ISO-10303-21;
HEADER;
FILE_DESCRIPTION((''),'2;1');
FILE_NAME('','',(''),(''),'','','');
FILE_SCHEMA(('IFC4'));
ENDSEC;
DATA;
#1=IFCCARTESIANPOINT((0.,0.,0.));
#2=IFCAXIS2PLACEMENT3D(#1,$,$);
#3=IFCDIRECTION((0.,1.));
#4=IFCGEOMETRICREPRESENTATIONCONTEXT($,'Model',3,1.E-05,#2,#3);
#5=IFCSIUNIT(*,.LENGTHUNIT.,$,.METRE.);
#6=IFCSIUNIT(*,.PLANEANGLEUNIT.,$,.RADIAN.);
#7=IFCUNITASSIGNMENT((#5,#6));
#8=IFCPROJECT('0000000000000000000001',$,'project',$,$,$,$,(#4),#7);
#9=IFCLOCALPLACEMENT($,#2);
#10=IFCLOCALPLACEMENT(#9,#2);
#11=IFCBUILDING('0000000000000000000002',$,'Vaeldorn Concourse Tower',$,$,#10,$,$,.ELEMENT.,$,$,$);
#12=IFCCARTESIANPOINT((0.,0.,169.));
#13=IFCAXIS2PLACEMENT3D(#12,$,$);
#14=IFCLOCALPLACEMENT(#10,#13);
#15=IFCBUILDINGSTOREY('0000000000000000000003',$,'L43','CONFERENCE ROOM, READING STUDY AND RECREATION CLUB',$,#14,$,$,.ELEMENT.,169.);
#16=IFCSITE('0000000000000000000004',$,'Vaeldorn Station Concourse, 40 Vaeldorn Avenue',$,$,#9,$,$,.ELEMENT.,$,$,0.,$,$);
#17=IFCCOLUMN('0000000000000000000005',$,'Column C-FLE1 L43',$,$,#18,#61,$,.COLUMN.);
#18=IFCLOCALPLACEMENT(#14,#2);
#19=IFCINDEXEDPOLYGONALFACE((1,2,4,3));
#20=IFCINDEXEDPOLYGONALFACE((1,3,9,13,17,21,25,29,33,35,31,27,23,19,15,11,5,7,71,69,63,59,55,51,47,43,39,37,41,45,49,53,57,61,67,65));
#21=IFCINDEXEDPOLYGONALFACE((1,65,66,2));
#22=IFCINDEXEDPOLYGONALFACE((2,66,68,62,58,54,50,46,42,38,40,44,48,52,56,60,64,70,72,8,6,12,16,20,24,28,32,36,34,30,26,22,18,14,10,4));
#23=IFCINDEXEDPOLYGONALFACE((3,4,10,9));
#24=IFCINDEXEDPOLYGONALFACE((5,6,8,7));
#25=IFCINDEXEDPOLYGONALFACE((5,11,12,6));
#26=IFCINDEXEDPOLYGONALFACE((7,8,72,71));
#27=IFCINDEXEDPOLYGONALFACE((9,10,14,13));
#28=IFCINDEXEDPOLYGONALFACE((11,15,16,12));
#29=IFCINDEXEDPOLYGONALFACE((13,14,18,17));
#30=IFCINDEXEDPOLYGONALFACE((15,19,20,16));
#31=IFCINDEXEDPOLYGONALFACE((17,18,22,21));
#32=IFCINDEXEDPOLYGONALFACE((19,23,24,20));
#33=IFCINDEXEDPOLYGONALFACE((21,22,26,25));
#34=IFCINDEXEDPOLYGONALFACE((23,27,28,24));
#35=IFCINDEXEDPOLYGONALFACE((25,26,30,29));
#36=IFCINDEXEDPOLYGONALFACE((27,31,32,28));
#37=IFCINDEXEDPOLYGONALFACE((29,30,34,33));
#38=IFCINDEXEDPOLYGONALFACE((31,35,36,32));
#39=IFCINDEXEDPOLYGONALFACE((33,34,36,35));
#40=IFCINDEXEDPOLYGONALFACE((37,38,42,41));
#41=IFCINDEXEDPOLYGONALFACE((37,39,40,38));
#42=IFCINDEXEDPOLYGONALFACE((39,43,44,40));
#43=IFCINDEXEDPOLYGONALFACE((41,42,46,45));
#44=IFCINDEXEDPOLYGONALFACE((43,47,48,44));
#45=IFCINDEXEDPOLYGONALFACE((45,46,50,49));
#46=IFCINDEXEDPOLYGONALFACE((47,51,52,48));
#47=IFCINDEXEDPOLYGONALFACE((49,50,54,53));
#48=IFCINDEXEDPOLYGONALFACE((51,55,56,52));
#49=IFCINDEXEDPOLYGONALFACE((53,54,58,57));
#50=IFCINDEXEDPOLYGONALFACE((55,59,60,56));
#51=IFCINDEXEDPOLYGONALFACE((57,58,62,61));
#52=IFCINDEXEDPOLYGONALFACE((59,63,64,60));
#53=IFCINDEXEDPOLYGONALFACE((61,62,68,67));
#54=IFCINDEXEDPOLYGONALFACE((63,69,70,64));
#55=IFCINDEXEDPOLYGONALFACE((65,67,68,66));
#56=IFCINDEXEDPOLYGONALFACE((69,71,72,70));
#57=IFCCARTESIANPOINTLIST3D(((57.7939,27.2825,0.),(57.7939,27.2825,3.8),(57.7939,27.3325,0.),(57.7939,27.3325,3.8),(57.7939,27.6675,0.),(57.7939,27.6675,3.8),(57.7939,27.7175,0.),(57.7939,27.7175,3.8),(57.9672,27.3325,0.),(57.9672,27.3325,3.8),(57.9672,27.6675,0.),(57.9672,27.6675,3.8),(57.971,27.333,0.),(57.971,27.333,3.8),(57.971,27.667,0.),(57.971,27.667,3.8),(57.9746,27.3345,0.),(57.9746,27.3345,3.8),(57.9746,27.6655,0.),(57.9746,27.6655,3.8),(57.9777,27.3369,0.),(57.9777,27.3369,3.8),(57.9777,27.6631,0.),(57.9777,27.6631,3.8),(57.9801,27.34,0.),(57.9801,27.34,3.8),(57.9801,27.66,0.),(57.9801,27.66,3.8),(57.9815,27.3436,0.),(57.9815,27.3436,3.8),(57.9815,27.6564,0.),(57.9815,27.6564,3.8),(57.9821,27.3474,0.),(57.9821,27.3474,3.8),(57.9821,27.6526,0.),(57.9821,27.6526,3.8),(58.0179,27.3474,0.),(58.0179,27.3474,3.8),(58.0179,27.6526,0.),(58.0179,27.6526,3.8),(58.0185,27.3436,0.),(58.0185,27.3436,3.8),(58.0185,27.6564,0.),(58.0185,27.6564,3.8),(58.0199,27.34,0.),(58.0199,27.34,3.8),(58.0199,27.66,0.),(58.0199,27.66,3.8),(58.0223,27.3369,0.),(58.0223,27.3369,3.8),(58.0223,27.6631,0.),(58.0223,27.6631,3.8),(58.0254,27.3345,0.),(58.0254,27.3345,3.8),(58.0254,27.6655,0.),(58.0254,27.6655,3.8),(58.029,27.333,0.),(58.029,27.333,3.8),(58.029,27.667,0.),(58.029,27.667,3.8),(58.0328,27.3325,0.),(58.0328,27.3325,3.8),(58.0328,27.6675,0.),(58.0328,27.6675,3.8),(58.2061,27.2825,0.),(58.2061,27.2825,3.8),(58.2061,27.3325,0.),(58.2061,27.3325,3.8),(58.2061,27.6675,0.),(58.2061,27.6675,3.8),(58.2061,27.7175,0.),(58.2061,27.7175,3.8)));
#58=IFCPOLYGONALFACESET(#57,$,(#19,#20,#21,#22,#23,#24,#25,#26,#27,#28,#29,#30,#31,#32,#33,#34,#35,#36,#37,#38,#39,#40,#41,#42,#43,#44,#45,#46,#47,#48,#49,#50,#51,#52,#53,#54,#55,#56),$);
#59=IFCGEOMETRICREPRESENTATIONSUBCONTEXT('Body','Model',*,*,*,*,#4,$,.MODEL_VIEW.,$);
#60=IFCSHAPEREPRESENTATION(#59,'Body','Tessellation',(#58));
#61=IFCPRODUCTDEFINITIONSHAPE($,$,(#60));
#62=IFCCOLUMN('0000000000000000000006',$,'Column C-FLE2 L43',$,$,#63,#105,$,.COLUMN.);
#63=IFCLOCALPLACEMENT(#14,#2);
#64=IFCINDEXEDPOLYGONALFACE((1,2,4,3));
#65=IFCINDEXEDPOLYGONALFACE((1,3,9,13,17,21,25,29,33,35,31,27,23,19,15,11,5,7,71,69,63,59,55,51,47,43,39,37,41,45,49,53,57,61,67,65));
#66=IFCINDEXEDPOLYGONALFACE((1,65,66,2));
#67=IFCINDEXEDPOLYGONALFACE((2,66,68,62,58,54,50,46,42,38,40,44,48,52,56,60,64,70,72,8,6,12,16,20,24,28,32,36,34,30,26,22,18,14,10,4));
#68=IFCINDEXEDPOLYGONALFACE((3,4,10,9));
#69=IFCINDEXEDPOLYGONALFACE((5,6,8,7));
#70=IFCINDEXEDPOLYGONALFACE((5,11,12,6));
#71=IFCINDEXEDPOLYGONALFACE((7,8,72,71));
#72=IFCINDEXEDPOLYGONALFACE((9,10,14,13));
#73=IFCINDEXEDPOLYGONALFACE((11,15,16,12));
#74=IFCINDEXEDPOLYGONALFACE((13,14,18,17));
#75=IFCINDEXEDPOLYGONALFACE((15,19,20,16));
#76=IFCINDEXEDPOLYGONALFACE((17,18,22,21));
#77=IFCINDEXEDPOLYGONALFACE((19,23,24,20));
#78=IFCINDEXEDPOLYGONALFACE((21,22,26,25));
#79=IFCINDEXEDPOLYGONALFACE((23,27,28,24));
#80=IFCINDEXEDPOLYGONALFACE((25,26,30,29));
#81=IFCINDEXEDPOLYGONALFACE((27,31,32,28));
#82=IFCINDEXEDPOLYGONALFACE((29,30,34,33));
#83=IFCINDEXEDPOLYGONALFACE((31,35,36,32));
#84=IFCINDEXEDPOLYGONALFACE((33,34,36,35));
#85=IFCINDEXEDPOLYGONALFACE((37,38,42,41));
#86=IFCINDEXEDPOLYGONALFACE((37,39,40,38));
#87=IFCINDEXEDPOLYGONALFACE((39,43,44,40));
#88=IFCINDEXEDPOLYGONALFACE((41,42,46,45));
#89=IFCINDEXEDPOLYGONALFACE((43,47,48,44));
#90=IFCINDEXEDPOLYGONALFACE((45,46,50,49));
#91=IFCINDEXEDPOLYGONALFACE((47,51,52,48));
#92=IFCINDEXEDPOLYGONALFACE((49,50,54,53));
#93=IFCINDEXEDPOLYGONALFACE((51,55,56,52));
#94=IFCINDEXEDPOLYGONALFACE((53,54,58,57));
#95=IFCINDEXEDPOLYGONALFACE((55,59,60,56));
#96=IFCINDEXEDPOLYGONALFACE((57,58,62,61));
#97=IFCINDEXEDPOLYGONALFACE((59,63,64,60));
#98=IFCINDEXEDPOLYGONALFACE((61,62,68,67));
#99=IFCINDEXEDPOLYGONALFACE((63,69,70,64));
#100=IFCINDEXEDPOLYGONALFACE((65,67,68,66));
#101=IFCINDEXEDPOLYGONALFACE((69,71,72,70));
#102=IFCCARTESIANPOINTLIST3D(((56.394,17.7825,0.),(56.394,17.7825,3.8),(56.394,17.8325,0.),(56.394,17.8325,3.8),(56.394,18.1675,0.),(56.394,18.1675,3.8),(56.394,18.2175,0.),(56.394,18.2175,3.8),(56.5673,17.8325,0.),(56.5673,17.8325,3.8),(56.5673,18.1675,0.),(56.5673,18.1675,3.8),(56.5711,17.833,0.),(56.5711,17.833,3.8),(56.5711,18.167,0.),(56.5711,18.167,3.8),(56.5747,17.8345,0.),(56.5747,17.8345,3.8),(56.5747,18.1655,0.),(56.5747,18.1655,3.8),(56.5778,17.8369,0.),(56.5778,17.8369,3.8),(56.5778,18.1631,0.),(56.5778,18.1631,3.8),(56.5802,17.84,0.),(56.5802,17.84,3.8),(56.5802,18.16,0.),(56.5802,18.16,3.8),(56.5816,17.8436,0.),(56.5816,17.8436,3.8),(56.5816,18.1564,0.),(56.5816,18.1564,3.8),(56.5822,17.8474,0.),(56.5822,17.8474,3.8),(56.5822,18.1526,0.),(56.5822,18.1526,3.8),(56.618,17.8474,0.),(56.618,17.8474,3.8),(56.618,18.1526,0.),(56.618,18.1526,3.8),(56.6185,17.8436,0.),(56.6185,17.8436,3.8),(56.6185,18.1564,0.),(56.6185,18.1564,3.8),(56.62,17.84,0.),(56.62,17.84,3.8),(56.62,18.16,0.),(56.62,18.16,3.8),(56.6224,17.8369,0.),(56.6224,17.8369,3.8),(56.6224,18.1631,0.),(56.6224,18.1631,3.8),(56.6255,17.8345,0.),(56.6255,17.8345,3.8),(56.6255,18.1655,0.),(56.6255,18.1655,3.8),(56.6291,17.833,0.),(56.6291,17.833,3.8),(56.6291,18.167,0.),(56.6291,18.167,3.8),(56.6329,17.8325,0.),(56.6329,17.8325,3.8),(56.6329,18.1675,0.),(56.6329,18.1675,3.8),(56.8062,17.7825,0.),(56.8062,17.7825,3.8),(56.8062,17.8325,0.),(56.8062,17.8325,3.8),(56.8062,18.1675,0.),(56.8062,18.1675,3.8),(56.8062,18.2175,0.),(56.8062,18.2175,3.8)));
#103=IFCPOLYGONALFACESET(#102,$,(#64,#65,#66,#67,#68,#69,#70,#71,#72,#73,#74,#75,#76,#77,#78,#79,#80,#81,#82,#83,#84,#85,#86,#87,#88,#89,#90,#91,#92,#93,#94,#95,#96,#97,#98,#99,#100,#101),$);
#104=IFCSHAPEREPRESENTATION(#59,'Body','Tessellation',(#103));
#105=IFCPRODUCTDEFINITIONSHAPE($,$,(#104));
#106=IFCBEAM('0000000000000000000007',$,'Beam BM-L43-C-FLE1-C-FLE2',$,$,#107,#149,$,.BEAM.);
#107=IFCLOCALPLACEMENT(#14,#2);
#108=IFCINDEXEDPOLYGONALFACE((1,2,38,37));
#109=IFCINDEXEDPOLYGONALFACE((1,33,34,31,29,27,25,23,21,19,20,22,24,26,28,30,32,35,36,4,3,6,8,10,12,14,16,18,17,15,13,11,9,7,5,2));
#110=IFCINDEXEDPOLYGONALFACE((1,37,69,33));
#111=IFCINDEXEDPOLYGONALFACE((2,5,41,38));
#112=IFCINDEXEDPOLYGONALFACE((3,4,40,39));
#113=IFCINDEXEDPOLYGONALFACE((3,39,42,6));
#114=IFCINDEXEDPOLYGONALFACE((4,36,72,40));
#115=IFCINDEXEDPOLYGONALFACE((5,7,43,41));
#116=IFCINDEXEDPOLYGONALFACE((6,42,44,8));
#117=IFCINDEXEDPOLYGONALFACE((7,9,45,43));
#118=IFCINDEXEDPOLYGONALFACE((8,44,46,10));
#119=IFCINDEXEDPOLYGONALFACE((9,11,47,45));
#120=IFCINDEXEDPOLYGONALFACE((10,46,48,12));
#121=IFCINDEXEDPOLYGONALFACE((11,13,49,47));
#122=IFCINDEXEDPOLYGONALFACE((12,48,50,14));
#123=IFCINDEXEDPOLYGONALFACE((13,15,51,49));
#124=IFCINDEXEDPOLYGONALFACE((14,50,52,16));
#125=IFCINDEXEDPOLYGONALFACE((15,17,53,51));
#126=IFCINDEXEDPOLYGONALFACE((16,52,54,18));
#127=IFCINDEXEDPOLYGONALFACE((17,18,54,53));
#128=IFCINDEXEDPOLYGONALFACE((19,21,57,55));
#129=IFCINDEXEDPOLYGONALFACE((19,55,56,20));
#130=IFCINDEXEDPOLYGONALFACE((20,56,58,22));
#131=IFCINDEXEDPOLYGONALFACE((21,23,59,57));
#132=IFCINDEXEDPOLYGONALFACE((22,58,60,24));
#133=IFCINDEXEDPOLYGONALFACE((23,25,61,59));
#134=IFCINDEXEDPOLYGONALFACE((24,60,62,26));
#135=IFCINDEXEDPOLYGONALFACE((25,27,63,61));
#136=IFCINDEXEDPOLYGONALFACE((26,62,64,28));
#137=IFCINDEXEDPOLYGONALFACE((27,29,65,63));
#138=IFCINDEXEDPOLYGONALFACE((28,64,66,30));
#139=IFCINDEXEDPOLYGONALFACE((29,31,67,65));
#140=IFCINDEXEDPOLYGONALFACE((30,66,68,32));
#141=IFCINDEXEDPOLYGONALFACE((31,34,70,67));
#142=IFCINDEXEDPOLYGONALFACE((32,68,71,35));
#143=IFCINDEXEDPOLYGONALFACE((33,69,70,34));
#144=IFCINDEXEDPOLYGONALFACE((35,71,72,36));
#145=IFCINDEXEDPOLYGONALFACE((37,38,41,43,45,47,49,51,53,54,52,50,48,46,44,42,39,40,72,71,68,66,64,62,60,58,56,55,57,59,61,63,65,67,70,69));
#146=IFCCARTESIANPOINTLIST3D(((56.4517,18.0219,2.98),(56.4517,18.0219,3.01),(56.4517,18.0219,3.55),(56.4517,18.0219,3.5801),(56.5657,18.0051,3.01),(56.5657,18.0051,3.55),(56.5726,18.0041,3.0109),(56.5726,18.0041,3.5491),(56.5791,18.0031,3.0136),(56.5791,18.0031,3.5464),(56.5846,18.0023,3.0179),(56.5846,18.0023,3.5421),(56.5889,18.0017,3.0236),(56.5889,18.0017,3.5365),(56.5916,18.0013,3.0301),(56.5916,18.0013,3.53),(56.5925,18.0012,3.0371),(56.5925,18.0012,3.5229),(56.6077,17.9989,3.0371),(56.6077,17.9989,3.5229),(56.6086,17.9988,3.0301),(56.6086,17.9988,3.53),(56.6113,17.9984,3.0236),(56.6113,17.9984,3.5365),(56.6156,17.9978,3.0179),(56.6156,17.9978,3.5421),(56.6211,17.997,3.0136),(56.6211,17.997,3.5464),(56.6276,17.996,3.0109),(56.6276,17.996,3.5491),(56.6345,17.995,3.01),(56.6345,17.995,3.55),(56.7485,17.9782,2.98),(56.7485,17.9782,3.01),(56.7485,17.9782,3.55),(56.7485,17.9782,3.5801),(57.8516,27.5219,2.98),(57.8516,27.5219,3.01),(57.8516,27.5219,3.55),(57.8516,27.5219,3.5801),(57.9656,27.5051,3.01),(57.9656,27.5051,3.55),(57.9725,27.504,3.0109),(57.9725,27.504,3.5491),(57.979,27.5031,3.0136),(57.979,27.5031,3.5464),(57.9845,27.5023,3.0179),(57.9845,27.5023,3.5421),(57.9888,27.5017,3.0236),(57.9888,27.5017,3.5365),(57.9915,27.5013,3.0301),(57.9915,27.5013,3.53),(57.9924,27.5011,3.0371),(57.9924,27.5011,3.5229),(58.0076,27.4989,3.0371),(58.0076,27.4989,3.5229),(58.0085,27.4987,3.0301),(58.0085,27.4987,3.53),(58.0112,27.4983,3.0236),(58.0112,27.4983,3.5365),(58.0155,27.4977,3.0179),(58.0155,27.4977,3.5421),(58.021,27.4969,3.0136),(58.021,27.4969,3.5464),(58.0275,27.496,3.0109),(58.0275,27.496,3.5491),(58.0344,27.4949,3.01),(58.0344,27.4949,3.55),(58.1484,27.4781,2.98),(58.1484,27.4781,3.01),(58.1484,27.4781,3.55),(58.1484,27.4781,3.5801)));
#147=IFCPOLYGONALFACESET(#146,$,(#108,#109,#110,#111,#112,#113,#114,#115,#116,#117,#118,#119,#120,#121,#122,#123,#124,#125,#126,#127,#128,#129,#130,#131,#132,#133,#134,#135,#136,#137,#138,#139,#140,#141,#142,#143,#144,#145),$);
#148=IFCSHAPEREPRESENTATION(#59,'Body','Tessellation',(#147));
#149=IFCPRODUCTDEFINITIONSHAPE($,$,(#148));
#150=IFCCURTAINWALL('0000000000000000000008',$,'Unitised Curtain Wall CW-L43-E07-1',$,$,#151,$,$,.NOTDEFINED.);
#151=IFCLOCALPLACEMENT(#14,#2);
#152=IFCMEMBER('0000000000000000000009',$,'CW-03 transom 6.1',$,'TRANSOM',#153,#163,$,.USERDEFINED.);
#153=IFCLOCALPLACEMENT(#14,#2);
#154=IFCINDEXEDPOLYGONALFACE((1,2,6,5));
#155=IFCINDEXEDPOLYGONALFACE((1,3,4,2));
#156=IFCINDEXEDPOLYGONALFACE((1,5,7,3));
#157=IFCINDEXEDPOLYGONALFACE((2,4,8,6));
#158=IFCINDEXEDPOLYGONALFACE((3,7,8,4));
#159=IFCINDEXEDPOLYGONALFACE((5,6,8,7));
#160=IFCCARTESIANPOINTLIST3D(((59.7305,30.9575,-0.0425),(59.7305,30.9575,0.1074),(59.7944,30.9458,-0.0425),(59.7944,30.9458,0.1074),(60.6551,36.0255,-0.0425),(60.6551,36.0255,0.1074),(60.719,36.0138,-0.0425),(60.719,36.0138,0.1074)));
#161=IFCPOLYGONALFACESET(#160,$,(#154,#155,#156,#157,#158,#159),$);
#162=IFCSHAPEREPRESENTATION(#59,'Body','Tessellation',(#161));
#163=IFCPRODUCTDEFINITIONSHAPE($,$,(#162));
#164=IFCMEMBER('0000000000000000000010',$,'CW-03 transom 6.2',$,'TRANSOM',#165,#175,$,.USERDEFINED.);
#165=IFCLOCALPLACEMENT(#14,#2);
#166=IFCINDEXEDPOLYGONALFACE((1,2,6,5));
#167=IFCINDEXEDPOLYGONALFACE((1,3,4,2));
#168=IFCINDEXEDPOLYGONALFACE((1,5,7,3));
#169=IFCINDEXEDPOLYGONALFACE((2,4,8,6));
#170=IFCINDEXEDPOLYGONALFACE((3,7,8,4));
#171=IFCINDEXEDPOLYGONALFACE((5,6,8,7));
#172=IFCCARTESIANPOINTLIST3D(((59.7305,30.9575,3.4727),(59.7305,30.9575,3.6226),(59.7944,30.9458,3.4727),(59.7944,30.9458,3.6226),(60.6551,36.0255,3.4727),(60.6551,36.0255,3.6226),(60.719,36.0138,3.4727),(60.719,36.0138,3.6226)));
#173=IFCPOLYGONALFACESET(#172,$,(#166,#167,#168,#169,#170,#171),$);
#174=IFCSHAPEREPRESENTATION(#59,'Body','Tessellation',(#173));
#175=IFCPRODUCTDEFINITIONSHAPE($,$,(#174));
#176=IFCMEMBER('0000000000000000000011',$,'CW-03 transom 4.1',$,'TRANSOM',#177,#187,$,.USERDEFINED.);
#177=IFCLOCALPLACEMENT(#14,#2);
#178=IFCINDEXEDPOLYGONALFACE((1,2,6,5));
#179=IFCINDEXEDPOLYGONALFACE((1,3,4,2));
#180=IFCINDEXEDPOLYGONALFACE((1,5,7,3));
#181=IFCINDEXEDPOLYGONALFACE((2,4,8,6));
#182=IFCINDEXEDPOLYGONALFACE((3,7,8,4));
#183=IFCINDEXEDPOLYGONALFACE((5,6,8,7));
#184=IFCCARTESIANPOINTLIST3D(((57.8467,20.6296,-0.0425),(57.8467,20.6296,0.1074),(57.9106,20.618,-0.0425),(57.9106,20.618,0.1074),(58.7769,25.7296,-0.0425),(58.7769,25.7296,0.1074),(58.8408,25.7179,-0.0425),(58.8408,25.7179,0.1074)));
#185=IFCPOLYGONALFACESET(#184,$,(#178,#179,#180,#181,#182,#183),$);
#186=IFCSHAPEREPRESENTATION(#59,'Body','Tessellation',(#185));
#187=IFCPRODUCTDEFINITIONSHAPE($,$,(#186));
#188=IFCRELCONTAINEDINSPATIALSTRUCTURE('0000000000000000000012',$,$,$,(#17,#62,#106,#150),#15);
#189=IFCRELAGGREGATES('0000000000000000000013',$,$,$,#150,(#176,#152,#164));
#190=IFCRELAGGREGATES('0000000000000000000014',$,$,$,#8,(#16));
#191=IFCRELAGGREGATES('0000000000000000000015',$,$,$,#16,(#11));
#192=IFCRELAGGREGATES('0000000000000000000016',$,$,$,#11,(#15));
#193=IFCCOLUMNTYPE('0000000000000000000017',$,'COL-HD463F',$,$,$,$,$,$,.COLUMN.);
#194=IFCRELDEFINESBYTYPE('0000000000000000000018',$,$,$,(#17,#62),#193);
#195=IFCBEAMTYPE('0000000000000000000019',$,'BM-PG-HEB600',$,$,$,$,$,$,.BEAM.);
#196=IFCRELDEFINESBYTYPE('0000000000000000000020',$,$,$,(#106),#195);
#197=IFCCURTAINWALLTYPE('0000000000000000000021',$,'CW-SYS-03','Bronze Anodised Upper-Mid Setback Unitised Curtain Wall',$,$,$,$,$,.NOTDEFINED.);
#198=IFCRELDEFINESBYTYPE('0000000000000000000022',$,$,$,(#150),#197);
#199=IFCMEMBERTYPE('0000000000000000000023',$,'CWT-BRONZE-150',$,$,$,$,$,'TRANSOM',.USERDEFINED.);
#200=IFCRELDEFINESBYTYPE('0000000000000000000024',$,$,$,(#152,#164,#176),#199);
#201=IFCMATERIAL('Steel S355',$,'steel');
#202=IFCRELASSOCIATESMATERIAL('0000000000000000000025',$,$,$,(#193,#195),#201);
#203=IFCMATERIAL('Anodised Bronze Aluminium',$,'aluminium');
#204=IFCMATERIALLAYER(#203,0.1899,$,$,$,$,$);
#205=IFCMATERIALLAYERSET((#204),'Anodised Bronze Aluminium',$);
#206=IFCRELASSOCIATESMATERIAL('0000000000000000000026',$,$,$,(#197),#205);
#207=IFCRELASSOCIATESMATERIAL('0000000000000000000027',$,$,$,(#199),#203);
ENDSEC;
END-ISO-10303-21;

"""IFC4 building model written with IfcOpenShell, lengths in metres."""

from ifc_helpers import new_model, si_unit, direction, frame, origin, origin_2d, place, context, subcontext, project, spatial, rectangle, i_section, extrude, source, transform, mapped, material, layer, layer_set, material_profile, profile_set, type_object, element, aggregate, save


model = new_model("IFC4")

# Units and contexts
model_context = context("Model", 3, precision=1e-05, world=origin(), true_north=direction((0.0, 1.0)))
body_context = subcontext(model_context, "Body", "Model", "MODEL_VIEW")
ifc_project = project(units=[si_unit("LENGTHUNIT", "METRE"), si_unit("PLANEANGLEUNIT", "RADIAN")], contexts=[model_context])

# Site, building, storey
site_placement = place(None, origin())
site = spatial("IfcSite", under=ifc_project, at=site_placement, Name="Vaeldorn Station Concourse, 40 Vaeldorn Avenue", CompositionType="ELEMENT", RefElevation=0.0)
building_placement = place(site_placement, origin())
building = spatial("IfcBuilding", under=site, at=building_placement, Name="Vaeldorn Concourse Tower", CompositionType="ELEMENT")
storey_placement = place(building_placement, frame((0.0, 0.0, 169.0)))
storey = spatial("IfcBuildingStorey", under=building, at=storey_placement, Name="L43", Description="CONFERENCE ROOM, READING STUDY AND RECREATION CLUB", CompositionType="ELEMENT", Elevation=169.0)

# Columns
ifc_material_1 = material(Name="Steel S355", Category="steel")
ifc_material_profile_1 = material_profile(ifc_material_1, i_section(OverallWidth=0.4121, OverallDepth=0.4351, WebThickness=0.0359, FlangeThickness=0.05, FilletRadius=0.0149, at=origin_2d()), Name="HD 400x463")
ifc_profile_set_1 = profile_set([ifc_material_profile_1], Name="Steel S355")
column_type = type_object("IfcColumnType", Name="COL-HD463F", PredefinedType="COLUMN", material=ifc_profile_set_1)
shared_shape_1 = source(origin(), body_context, "Body", "SweptSolid", [
    extrude(i_section(OverallWidth=0.4121, OverallDepth=0.4351, WebThickness=0.0359, FlangeThickness=0.05, FilletRadius=0.0149, at=origin_2d()), origin(), (0.0, 0.0, 1.0), 3.8),
])
for number, where, z_axis, x_axis, name in (
    (1, (58.0, 27.5, 0.0), (0.0, 0.0, 1.0), (1.0, 0.0, 0.0), "Column C-FLE1 L43"),
    (2, (56.6001, 18.0, 0.0), (0.0, 0.0, 1.0), (1.0, 0.0, 0.0), "Column C-FLE2 L43"),
):
    element("IfcColumn", number, at=place(storey_placement, frame(where, z_axis=z_axis, x_axis=x_axis)), inside=storey, type_object=column_type, Name=name, PredefinedType="COLUMN", context=body_context, shape_type="MappedRepresentation", body=[
        mapped(shared_shape_1, transform((0.0, 0.0, 0.0), scale=1.0)),
    ])

# Beam
ifc_material_profile_2 = material_profile(ifc_material_1, i_section(OverallWidth=0.3, OverallDepth=0.6001, WebThickness=0.0154, FlangeThickness=0.03, FilletRadius=0.0271, at=origin_2d()), Name="HEB 600")
ifc_profile_set_2 = profile_set([ifc_material_profile_2], Name="Steel S355")
beam_type = type_object("IfcBeamType", Name="BM-PG-HEB600", PredefinedType="BEAM", material=ifc_profile_set_2)
shared_shape_2 = source(origin(), body_context, "Body", "SweptSolid", [
    extrude(i_section(OverallWidth=0.3, OverallDepth=0.6001, WebThickness=0.0154, FlangeThickness=0.03, FilletRadius=0.0271, at=origin_2d()), origin(), (0.0, 0.0, 1.0), 9.6025),
])
beam_placement = place(storey_placement, frame((58.0, 27.5, 3.28), z_axis=(-0.145784, -0.989316, 0.0), x_axis=(0.989316, -0.145784, 0.0)))
element("IfcBeam", 3, at=beam_placement, inside=storey, type_object=beam_type, Name="Beam BM-L43-C-FLE1-C-FLE2", PredefinedType="BEAM", context=body_context, shape_type="MappedRepresentation", body=[
    mapped(shared_shape_2, transform((0.0, 0.0, 0.0), scale=1.0)),
])

# Curtain wall, members
ifc_material_2 = material(Name="Anodised Bronze Aluminium", Category="aluminium")
ifc_layer_1 = layer(ifc_material_2, 0.1899)
ifc_layer_set_1 = layer_set([ifc_layer_1], Name="Anodised Bronze Aluminium")
curtain_wall_type = type_object("IfcCurtainWallType", Name="CW-SYS-03", Description="Bronze Anodised Upper-Mid Setback Unitised Curtain Wall", PredefinedType="NOTDEFINED", material=ifc_layer_set_1)
curtain_wall_placement = place(storey_placement, origin())
curtain_wall = element("IfcCurtainWall", 4, at=curtain_wall_placement, inside=storey, type_object=curtain_wall_type, Name="Unitised Curtain Wall CW-L43-E07-1", PredefinedType="NOTDEFINED")
ifc_material_profile_3 = material_profile(ifc_material_2, rectangle(XDim=0.0649, YDim=0.1499, at=origin_2d()), Name="CWT 65x150")
ifc_profile_set_3 = profile_set([ifc_material_profile_3], Name="Anodised Bronze Aluminium")
member_type_1 = type_object("IfcMemberType", Name="CWT-BRONZE-150", ElementType="TRANSOM", PredefinedType="USERDEFINED", material=ifc_profile_set_3)
shared_shape_3 = source(origin(), body_context, "Body", "SweptSolid", [
    extrude(rectangle(XDim=0.0649, YDim=0.1499, at=origin_2d()), origin(), (0.0, 0.0, 1.0), 5.1516),
])
member_1_placement = place(storey_placement, frame((59.7625, 30.9517, 0.0325), z_axis=(0.179473, 0.983763, 0.0), x_axis=(-0.983763, 0.179473, 0.0)))
member_1 = element("IfcMember", 5, at=member_1_placement, type_object=member_type_1, Name="CW-03 transom 6.1", ObjectType="TRANSOM", PredefinedType="USERDEFINED", context=body_context, shape_type="MappedRepresentation", body=[
    mapped(shared_shape_3, transform((0.0, 0.0, 0.0), scale=1.0)),
])
member_2_placement = place(storey_placement, frame((59.7625, 30.9517, 3.5476), z_axis=(0.179473, 0.983763, 0.0), x_axis=(-0.983763, 0.179473, 0.0)))
member_2 = element("IfcMember", 6, at=member_2_placement, type_object=member_type_1, Name="CW-03 transom 6.2", ObjectType="TRANSOM", PredefinedType="USERDEFINED", context=body_context, shape_type="MappedRepresentation", body=[
    mapped(shared_shape_3, transform((0.0, 0.0, 0.0), scale=1.0)),
])
shared_shape_4 = source(origin(), body_context, "Body", "SweptSolid", [
    extrude(rectangle(XDim=0.0649, YDim=0.1499, at=origin_2d()), origin(), (0.0, 0.0, 1.0), 5.1841),
])
member_3_placement = place(storey_placement, frame((57.8787, 20.6238, 0.0325), z_axis=(0.179432, 0.98377, 0.0), x_axis=(-0.98377, 0.179432, 0.0)))
member_3 = element("IfcMember", 7, at=member_3_placement, type_object=member_type_1, Name="CW-03 transom 4.1", ObjectType="TRANSOM", PredefinedType="USERDEFINED", context=body_context, shape_type="MappedRepresentation", body=[
    mapped(shared_shape_4, transform((0.0, 0.0, 0.0), scale=1.0)),
])
aggregate(curtain_wall, [member_3, member_1, member_2])

save(model, "model.ifc")
